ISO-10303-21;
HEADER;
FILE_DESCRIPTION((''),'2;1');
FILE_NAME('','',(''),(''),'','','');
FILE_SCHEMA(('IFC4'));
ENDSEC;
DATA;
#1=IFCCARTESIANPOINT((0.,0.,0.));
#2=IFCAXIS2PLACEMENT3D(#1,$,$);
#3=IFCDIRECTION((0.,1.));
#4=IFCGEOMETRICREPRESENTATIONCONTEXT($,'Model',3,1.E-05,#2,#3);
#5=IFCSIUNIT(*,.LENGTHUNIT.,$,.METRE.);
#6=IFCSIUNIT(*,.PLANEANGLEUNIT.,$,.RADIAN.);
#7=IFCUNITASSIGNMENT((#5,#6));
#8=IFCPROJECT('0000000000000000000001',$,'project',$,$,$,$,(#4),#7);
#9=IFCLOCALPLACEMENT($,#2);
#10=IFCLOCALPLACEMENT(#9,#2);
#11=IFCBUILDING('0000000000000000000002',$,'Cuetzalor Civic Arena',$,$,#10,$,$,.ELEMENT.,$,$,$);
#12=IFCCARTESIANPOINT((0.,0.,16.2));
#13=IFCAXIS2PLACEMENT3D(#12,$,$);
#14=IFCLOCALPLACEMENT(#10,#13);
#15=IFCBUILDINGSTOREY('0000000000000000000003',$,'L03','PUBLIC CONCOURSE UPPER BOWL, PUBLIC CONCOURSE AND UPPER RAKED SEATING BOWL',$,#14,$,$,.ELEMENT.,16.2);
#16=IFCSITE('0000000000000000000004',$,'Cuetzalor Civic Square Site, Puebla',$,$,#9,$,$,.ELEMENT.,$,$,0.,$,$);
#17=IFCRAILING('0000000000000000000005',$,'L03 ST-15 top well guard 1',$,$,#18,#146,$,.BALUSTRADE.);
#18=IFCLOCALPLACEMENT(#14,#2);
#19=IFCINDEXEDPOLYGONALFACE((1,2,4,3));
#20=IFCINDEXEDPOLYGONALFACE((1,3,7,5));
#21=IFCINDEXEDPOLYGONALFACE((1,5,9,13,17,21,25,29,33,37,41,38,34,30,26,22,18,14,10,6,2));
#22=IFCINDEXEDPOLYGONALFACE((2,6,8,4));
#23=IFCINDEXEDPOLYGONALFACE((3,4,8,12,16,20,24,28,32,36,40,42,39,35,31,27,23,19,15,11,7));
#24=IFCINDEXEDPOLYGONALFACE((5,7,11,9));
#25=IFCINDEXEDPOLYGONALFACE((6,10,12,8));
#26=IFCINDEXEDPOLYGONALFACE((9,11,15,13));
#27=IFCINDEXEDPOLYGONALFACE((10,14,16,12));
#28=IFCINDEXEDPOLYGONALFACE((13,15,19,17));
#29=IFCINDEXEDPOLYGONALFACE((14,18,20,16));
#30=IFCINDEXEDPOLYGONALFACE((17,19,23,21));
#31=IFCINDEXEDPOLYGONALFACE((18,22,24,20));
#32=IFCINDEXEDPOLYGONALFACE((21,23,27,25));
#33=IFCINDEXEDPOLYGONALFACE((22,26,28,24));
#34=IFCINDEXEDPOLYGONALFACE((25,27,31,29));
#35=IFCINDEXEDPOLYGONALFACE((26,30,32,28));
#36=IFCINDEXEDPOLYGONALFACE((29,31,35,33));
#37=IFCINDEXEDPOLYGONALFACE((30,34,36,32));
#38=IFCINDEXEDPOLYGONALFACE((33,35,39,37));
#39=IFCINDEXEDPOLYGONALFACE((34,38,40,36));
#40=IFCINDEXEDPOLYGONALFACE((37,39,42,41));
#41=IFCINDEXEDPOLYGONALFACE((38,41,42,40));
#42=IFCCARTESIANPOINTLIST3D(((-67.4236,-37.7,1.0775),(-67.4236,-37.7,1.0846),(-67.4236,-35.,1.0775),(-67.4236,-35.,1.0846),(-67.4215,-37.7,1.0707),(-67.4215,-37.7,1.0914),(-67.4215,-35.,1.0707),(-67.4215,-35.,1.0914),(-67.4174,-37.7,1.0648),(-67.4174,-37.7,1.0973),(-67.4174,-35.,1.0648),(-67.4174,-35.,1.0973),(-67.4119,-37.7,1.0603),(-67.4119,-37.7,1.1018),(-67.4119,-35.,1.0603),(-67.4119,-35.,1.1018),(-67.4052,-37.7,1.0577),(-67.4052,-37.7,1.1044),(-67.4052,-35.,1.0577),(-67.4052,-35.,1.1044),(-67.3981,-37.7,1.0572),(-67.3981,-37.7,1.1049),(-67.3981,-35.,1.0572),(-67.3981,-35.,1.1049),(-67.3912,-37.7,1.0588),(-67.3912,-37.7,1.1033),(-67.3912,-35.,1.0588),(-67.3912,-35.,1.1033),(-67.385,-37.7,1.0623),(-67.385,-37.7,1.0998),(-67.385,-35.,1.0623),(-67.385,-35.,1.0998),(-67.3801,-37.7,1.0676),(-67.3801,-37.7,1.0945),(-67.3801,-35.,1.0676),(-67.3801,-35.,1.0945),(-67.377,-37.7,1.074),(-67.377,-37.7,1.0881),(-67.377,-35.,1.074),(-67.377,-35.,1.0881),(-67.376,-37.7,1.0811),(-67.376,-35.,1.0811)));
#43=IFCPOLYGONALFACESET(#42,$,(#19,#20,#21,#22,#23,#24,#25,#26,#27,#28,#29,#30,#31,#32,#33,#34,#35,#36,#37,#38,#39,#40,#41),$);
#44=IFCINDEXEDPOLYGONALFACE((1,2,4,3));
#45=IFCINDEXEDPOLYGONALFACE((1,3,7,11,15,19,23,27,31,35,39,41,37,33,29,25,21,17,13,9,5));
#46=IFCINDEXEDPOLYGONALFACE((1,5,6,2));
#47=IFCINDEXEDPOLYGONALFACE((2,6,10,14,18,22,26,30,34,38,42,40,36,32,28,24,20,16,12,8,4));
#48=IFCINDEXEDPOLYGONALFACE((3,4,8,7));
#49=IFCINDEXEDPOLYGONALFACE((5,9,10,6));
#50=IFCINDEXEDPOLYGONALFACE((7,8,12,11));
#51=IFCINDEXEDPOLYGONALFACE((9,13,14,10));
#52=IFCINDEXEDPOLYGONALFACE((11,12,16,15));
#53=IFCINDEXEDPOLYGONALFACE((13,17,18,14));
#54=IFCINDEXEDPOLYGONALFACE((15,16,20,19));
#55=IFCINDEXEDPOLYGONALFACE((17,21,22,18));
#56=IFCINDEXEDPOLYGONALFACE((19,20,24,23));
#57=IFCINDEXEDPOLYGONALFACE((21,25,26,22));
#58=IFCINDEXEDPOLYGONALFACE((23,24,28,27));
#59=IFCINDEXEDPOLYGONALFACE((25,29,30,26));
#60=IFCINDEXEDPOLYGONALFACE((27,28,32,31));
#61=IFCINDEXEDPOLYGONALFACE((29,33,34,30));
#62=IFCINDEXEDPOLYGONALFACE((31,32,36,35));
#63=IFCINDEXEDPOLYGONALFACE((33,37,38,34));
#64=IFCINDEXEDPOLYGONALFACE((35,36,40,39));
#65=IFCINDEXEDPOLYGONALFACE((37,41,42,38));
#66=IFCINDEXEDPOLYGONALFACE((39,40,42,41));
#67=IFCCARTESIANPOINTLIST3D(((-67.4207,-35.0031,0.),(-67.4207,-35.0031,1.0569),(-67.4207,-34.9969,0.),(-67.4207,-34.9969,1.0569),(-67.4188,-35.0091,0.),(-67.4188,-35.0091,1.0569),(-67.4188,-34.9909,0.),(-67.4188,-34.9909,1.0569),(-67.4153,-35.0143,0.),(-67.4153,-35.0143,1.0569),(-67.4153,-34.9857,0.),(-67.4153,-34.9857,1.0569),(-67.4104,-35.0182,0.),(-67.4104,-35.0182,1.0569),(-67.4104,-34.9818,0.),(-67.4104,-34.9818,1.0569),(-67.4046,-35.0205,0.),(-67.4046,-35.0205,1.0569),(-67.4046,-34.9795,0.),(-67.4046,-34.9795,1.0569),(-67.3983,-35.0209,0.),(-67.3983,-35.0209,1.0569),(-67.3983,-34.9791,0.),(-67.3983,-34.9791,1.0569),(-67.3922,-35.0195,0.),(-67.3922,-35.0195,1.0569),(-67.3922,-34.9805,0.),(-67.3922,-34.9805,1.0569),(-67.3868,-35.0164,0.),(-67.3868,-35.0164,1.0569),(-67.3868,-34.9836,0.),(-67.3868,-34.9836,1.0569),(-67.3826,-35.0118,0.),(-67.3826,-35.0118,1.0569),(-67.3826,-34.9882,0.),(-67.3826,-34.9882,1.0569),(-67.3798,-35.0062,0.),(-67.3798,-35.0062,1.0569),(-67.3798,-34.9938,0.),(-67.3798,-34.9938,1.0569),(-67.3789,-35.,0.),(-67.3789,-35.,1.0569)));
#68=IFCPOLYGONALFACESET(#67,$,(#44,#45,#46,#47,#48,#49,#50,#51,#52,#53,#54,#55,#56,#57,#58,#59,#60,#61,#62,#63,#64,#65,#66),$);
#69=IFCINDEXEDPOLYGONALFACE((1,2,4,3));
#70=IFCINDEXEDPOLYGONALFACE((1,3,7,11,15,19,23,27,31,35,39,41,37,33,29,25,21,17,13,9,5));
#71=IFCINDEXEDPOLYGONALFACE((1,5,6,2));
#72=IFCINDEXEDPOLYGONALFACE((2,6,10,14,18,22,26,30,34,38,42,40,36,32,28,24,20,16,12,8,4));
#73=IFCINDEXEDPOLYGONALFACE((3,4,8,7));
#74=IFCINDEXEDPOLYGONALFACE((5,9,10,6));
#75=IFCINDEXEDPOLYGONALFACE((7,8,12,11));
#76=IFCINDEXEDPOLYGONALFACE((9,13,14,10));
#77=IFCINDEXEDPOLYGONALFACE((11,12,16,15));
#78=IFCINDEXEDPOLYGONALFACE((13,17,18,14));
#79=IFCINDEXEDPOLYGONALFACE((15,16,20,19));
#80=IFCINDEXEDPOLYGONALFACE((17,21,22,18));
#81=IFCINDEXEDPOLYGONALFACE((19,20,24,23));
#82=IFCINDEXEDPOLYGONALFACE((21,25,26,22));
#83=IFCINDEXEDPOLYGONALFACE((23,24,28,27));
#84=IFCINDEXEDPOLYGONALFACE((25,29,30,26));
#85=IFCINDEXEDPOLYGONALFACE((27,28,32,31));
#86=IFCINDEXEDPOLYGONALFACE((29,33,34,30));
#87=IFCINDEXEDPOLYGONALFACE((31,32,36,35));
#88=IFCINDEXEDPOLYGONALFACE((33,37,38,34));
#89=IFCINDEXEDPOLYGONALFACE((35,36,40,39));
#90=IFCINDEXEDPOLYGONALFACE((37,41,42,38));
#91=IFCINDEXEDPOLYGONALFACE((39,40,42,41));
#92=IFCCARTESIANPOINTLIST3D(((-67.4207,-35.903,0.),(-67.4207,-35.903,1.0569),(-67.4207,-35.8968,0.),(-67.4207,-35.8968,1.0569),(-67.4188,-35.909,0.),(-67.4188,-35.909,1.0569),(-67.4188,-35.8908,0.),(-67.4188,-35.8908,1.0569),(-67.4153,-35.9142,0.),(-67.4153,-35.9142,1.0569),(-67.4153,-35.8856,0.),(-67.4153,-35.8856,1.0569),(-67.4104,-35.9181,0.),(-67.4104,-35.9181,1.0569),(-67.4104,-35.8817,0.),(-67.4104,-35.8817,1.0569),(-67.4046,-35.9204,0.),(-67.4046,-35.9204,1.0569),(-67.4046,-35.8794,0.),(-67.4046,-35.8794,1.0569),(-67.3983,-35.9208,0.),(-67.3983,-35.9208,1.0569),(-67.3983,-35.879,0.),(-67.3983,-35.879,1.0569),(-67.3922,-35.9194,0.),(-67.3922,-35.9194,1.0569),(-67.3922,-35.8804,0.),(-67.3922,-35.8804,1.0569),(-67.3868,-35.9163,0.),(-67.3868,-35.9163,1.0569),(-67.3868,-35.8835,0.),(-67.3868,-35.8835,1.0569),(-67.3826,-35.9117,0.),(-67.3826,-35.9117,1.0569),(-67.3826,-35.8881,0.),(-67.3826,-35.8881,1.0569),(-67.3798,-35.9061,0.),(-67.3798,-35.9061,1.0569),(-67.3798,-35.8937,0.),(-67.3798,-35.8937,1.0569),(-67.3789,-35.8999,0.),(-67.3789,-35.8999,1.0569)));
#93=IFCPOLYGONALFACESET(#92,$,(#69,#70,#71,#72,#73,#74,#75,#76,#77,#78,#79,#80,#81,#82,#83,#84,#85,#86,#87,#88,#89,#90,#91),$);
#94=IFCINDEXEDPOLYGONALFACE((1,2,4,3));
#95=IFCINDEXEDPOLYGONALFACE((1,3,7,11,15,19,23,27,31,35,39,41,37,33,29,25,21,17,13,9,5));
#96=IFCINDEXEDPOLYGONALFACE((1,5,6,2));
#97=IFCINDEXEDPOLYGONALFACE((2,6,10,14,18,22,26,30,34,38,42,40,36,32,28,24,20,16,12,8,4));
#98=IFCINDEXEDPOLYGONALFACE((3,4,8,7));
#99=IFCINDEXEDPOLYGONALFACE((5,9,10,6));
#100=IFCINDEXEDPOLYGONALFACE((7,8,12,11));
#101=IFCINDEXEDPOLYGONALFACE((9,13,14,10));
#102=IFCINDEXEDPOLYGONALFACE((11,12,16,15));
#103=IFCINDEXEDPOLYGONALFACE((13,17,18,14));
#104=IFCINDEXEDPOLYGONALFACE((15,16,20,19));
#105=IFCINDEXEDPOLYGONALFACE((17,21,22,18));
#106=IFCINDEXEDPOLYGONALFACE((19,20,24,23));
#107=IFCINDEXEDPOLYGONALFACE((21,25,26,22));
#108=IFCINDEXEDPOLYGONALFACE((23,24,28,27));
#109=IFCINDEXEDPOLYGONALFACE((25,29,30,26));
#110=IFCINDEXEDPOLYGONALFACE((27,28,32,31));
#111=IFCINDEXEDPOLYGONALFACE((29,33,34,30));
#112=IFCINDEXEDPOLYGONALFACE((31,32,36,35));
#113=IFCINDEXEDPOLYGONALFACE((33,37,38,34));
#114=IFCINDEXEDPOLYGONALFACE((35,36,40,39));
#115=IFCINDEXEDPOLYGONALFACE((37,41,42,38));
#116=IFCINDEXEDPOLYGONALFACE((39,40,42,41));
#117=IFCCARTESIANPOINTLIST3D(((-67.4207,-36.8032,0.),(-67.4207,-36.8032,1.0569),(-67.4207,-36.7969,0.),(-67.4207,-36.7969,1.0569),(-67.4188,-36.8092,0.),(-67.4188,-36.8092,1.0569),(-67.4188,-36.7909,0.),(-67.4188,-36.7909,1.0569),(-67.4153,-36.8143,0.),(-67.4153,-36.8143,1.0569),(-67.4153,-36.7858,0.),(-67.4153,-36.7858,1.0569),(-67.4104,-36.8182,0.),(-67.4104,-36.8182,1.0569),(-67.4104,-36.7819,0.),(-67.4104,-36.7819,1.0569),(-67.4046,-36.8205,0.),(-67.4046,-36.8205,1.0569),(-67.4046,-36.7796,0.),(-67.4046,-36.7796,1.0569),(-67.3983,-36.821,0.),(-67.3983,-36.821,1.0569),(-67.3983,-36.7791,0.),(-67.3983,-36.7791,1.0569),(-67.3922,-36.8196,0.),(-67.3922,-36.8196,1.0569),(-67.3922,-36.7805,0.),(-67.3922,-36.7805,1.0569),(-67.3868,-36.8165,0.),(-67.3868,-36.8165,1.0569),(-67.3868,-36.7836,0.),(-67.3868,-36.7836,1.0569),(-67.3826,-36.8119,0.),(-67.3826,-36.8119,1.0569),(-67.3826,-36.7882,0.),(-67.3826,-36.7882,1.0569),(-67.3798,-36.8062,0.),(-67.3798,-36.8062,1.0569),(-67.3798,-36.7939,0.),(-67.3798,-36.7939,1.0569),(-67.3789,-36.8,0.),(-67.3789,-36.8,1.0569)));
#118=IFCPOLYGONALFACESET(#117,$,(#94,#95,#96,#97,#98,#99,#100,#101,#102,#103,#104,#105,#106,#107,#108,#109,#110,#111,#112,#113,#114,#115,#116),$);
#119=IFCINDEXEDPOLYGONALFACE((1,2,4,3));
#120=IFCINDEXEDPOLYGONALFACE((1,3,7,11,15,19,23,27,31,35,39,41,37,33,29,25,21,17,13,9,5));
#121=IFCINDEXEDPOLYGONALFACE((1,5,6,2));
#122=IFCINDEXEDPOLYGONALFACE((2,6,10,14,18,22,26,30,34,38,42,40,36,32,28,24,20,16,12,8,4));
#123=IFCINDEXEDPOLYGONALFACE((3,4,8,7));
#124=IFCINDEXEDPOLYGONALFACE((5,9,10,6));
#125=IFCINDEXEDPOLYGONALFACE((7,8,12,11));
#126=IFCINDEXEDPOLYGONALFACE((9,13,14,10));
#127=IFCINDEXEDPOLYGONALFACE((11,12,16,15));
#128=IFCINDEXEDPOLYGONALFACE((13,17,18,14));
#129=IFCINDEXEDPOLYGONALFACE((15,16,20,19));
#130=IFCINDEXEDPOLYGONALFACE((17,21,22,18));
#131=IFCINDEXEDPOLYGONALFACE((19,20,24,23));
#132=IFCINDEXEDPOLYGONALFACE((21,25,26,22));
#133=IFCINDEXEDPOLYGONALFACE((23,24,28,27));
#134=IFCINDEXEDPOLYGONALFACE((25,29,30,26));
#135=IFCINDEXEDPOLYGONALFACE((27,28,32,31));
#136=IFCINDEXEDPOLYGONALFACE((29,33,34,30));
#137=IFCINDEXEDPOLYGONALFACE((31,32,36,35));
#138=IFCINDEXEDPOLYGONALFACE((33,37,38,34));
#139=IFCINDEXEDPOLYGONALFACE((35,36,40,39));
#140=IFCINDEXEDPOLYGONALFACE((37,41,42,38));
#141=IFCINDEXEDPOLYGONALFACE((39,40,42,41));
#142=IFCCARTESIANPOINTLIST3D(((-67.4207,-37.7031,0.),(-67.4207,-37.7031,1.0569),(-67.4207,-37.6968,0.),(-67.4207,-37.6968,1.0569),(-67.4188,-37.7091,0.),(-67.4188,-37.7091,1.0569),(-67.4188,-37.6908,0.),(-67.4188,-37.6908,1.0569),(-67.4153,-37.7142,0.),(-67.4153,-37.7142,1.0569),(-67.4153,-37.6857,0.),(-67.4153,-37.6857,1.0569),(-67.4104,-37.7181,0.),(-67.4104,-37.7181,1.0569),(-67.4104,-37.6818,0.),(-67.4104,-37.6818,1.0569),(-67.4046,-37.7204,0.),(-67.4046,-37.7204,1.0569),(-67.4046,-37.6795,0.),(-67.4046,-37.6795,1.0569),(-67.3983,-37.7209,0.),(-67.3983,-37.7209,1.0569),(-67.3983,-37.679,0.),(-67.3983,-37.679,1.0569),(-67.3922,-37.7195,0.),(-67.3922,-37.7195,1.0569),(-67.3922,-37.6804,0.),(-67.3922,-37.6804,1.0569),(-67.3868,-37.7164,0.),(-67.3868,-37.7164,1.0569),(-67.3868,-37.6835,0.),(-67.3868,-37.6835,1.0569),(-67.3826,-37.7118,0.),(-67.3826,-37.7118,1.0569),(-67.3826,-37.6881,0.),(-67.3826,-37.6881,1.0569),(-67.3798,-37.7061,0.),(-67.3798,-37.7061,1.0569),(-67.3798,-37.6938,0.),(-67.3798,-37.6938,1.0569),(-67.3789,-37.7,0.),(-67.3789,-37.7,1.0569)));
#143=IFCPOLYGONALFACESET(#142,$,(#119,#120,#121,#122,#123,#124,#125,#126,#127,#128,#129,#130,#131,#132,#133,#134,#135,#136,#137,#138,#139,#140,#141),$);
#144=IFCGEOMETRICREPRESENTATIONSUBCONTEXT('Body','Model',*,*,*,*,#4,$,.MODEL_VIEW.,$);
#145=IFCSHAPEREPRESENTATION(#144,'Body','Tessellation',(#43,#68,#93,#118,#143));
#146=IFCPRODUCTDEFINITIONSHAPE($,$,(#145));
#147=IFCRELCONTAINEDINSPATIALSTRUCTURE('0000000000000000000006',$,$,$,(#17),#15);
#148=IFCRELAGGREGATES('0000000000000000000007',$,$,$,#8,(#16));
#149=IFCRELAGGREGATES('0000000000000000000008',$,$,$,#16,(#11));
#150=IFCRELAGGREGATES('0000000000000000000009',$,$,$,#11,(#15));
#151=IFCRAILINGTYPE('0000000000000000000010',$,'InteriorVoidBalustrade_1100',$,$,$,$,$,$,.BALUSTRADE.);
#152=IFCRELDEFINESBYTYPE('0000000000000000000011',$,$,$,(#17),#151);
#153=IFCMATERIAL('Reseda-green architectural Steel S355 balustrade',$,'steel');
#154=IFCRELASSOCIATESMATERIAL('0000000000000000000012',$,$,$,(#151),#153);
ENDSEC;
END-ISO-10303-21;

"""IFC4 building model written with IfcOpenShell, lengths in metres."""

from ifc_helpers import new_model, si_unit, direction, frame, origin, origin_2d, place, context, subcontext, project, spatial, circle, extrude, material, type_object, element, save


model = new_model("IFC4")

# Units and contexts
model_context = context("Model", 3, precision=1e-05, world=origin(), true_north=direction((0.0, 1.0)))
body_context = subcontext(model_context, "Body", "Model", "MODEL_VIEW")
ifc_project = project(units=[si_unit("LENGTHUNIT", "METRE"), si_unit("PLANEANGLEUNIT", "RADIAN")], contexts=[model_context])

# Site, building, storey
site_placement = place(None, origin())
site = spatial("IfcSite", under=ifc_project, at=site_placement, Name="Cuetzalor Civic Square Site, Puebla", CompositionType="ELEMENT", RefElevation=0.0)
building_placement = place(site_placement, origin())
building = spatial("IfcBuilding", under=site, at=building_placement, Name="Cuetzalor Civic Arena", CompositionType="ELEMENT")
storey_placement = place(building_placement, frame((0.0, 0.0, 16.2)))
storey = spatial("IfcBuildingStorey", under=building, at=storey_placement, Name="L03", Description="PUBLIC CONCOURSE UPPER BOWL, PUBLIC CONCOURSE AND UPPER RAKED SEATING BOWL", CompositionType="ELEMENT", Elevation=16.2)

# Railing
ifc_material_1 = material(Name="Reseda-green architectural Steel S355 balustrade", Category="steel")
railing_type = type_object("IfcRailingType", Name="InteriorVoidBalustrade_1100", PredefinedType="BALUSTRADE", material=ifc_material_1)
railing_1_placement = place(storey_placement, frame((-67.3999, -35.0, 0.0)))
element("IfcRailing", 1, at=railing_1_placement, inside=storey, type_object=railing_type, Name="L03 ST-15 top well guard 1", PredefinedType="BALUSTRADE", context=body_context, shape_type="SweptSolid", body=[
    extrude(circle(Radius=0.0239, at=origin_2d()), frame((0.0, 0.0, 1.0811), z_axis=(0.0, -1.0, 0.0), x_axis=(1.0, 0.0, 0.0)), (0.0, 0.0, 1.0), 2.7),
    extrude(circle(Radius=0.021, at=origin_2d()), origin(), (0.0, 0.0, 1.0), 1.0569),
    extrude(circle(Radius=0.021, at=origin_2d()), frame((0.0, -0.8999, 0.0)), (0.0, 0.0, 1.0), 1.0569),
    extrude(circle(Radius=0.021, at=origin_2d()), frame((0.0, -1.8, 0.0)), (0.0, 0.0, 1.0), 1.0569),
    extrude(circle(Radius=0.021, at=origin_2d()), frame((0.0, -2.7, 0.0)), (0.0, 0.0, 1.0), 1.0569),
])

save(model, "model.ifc")
